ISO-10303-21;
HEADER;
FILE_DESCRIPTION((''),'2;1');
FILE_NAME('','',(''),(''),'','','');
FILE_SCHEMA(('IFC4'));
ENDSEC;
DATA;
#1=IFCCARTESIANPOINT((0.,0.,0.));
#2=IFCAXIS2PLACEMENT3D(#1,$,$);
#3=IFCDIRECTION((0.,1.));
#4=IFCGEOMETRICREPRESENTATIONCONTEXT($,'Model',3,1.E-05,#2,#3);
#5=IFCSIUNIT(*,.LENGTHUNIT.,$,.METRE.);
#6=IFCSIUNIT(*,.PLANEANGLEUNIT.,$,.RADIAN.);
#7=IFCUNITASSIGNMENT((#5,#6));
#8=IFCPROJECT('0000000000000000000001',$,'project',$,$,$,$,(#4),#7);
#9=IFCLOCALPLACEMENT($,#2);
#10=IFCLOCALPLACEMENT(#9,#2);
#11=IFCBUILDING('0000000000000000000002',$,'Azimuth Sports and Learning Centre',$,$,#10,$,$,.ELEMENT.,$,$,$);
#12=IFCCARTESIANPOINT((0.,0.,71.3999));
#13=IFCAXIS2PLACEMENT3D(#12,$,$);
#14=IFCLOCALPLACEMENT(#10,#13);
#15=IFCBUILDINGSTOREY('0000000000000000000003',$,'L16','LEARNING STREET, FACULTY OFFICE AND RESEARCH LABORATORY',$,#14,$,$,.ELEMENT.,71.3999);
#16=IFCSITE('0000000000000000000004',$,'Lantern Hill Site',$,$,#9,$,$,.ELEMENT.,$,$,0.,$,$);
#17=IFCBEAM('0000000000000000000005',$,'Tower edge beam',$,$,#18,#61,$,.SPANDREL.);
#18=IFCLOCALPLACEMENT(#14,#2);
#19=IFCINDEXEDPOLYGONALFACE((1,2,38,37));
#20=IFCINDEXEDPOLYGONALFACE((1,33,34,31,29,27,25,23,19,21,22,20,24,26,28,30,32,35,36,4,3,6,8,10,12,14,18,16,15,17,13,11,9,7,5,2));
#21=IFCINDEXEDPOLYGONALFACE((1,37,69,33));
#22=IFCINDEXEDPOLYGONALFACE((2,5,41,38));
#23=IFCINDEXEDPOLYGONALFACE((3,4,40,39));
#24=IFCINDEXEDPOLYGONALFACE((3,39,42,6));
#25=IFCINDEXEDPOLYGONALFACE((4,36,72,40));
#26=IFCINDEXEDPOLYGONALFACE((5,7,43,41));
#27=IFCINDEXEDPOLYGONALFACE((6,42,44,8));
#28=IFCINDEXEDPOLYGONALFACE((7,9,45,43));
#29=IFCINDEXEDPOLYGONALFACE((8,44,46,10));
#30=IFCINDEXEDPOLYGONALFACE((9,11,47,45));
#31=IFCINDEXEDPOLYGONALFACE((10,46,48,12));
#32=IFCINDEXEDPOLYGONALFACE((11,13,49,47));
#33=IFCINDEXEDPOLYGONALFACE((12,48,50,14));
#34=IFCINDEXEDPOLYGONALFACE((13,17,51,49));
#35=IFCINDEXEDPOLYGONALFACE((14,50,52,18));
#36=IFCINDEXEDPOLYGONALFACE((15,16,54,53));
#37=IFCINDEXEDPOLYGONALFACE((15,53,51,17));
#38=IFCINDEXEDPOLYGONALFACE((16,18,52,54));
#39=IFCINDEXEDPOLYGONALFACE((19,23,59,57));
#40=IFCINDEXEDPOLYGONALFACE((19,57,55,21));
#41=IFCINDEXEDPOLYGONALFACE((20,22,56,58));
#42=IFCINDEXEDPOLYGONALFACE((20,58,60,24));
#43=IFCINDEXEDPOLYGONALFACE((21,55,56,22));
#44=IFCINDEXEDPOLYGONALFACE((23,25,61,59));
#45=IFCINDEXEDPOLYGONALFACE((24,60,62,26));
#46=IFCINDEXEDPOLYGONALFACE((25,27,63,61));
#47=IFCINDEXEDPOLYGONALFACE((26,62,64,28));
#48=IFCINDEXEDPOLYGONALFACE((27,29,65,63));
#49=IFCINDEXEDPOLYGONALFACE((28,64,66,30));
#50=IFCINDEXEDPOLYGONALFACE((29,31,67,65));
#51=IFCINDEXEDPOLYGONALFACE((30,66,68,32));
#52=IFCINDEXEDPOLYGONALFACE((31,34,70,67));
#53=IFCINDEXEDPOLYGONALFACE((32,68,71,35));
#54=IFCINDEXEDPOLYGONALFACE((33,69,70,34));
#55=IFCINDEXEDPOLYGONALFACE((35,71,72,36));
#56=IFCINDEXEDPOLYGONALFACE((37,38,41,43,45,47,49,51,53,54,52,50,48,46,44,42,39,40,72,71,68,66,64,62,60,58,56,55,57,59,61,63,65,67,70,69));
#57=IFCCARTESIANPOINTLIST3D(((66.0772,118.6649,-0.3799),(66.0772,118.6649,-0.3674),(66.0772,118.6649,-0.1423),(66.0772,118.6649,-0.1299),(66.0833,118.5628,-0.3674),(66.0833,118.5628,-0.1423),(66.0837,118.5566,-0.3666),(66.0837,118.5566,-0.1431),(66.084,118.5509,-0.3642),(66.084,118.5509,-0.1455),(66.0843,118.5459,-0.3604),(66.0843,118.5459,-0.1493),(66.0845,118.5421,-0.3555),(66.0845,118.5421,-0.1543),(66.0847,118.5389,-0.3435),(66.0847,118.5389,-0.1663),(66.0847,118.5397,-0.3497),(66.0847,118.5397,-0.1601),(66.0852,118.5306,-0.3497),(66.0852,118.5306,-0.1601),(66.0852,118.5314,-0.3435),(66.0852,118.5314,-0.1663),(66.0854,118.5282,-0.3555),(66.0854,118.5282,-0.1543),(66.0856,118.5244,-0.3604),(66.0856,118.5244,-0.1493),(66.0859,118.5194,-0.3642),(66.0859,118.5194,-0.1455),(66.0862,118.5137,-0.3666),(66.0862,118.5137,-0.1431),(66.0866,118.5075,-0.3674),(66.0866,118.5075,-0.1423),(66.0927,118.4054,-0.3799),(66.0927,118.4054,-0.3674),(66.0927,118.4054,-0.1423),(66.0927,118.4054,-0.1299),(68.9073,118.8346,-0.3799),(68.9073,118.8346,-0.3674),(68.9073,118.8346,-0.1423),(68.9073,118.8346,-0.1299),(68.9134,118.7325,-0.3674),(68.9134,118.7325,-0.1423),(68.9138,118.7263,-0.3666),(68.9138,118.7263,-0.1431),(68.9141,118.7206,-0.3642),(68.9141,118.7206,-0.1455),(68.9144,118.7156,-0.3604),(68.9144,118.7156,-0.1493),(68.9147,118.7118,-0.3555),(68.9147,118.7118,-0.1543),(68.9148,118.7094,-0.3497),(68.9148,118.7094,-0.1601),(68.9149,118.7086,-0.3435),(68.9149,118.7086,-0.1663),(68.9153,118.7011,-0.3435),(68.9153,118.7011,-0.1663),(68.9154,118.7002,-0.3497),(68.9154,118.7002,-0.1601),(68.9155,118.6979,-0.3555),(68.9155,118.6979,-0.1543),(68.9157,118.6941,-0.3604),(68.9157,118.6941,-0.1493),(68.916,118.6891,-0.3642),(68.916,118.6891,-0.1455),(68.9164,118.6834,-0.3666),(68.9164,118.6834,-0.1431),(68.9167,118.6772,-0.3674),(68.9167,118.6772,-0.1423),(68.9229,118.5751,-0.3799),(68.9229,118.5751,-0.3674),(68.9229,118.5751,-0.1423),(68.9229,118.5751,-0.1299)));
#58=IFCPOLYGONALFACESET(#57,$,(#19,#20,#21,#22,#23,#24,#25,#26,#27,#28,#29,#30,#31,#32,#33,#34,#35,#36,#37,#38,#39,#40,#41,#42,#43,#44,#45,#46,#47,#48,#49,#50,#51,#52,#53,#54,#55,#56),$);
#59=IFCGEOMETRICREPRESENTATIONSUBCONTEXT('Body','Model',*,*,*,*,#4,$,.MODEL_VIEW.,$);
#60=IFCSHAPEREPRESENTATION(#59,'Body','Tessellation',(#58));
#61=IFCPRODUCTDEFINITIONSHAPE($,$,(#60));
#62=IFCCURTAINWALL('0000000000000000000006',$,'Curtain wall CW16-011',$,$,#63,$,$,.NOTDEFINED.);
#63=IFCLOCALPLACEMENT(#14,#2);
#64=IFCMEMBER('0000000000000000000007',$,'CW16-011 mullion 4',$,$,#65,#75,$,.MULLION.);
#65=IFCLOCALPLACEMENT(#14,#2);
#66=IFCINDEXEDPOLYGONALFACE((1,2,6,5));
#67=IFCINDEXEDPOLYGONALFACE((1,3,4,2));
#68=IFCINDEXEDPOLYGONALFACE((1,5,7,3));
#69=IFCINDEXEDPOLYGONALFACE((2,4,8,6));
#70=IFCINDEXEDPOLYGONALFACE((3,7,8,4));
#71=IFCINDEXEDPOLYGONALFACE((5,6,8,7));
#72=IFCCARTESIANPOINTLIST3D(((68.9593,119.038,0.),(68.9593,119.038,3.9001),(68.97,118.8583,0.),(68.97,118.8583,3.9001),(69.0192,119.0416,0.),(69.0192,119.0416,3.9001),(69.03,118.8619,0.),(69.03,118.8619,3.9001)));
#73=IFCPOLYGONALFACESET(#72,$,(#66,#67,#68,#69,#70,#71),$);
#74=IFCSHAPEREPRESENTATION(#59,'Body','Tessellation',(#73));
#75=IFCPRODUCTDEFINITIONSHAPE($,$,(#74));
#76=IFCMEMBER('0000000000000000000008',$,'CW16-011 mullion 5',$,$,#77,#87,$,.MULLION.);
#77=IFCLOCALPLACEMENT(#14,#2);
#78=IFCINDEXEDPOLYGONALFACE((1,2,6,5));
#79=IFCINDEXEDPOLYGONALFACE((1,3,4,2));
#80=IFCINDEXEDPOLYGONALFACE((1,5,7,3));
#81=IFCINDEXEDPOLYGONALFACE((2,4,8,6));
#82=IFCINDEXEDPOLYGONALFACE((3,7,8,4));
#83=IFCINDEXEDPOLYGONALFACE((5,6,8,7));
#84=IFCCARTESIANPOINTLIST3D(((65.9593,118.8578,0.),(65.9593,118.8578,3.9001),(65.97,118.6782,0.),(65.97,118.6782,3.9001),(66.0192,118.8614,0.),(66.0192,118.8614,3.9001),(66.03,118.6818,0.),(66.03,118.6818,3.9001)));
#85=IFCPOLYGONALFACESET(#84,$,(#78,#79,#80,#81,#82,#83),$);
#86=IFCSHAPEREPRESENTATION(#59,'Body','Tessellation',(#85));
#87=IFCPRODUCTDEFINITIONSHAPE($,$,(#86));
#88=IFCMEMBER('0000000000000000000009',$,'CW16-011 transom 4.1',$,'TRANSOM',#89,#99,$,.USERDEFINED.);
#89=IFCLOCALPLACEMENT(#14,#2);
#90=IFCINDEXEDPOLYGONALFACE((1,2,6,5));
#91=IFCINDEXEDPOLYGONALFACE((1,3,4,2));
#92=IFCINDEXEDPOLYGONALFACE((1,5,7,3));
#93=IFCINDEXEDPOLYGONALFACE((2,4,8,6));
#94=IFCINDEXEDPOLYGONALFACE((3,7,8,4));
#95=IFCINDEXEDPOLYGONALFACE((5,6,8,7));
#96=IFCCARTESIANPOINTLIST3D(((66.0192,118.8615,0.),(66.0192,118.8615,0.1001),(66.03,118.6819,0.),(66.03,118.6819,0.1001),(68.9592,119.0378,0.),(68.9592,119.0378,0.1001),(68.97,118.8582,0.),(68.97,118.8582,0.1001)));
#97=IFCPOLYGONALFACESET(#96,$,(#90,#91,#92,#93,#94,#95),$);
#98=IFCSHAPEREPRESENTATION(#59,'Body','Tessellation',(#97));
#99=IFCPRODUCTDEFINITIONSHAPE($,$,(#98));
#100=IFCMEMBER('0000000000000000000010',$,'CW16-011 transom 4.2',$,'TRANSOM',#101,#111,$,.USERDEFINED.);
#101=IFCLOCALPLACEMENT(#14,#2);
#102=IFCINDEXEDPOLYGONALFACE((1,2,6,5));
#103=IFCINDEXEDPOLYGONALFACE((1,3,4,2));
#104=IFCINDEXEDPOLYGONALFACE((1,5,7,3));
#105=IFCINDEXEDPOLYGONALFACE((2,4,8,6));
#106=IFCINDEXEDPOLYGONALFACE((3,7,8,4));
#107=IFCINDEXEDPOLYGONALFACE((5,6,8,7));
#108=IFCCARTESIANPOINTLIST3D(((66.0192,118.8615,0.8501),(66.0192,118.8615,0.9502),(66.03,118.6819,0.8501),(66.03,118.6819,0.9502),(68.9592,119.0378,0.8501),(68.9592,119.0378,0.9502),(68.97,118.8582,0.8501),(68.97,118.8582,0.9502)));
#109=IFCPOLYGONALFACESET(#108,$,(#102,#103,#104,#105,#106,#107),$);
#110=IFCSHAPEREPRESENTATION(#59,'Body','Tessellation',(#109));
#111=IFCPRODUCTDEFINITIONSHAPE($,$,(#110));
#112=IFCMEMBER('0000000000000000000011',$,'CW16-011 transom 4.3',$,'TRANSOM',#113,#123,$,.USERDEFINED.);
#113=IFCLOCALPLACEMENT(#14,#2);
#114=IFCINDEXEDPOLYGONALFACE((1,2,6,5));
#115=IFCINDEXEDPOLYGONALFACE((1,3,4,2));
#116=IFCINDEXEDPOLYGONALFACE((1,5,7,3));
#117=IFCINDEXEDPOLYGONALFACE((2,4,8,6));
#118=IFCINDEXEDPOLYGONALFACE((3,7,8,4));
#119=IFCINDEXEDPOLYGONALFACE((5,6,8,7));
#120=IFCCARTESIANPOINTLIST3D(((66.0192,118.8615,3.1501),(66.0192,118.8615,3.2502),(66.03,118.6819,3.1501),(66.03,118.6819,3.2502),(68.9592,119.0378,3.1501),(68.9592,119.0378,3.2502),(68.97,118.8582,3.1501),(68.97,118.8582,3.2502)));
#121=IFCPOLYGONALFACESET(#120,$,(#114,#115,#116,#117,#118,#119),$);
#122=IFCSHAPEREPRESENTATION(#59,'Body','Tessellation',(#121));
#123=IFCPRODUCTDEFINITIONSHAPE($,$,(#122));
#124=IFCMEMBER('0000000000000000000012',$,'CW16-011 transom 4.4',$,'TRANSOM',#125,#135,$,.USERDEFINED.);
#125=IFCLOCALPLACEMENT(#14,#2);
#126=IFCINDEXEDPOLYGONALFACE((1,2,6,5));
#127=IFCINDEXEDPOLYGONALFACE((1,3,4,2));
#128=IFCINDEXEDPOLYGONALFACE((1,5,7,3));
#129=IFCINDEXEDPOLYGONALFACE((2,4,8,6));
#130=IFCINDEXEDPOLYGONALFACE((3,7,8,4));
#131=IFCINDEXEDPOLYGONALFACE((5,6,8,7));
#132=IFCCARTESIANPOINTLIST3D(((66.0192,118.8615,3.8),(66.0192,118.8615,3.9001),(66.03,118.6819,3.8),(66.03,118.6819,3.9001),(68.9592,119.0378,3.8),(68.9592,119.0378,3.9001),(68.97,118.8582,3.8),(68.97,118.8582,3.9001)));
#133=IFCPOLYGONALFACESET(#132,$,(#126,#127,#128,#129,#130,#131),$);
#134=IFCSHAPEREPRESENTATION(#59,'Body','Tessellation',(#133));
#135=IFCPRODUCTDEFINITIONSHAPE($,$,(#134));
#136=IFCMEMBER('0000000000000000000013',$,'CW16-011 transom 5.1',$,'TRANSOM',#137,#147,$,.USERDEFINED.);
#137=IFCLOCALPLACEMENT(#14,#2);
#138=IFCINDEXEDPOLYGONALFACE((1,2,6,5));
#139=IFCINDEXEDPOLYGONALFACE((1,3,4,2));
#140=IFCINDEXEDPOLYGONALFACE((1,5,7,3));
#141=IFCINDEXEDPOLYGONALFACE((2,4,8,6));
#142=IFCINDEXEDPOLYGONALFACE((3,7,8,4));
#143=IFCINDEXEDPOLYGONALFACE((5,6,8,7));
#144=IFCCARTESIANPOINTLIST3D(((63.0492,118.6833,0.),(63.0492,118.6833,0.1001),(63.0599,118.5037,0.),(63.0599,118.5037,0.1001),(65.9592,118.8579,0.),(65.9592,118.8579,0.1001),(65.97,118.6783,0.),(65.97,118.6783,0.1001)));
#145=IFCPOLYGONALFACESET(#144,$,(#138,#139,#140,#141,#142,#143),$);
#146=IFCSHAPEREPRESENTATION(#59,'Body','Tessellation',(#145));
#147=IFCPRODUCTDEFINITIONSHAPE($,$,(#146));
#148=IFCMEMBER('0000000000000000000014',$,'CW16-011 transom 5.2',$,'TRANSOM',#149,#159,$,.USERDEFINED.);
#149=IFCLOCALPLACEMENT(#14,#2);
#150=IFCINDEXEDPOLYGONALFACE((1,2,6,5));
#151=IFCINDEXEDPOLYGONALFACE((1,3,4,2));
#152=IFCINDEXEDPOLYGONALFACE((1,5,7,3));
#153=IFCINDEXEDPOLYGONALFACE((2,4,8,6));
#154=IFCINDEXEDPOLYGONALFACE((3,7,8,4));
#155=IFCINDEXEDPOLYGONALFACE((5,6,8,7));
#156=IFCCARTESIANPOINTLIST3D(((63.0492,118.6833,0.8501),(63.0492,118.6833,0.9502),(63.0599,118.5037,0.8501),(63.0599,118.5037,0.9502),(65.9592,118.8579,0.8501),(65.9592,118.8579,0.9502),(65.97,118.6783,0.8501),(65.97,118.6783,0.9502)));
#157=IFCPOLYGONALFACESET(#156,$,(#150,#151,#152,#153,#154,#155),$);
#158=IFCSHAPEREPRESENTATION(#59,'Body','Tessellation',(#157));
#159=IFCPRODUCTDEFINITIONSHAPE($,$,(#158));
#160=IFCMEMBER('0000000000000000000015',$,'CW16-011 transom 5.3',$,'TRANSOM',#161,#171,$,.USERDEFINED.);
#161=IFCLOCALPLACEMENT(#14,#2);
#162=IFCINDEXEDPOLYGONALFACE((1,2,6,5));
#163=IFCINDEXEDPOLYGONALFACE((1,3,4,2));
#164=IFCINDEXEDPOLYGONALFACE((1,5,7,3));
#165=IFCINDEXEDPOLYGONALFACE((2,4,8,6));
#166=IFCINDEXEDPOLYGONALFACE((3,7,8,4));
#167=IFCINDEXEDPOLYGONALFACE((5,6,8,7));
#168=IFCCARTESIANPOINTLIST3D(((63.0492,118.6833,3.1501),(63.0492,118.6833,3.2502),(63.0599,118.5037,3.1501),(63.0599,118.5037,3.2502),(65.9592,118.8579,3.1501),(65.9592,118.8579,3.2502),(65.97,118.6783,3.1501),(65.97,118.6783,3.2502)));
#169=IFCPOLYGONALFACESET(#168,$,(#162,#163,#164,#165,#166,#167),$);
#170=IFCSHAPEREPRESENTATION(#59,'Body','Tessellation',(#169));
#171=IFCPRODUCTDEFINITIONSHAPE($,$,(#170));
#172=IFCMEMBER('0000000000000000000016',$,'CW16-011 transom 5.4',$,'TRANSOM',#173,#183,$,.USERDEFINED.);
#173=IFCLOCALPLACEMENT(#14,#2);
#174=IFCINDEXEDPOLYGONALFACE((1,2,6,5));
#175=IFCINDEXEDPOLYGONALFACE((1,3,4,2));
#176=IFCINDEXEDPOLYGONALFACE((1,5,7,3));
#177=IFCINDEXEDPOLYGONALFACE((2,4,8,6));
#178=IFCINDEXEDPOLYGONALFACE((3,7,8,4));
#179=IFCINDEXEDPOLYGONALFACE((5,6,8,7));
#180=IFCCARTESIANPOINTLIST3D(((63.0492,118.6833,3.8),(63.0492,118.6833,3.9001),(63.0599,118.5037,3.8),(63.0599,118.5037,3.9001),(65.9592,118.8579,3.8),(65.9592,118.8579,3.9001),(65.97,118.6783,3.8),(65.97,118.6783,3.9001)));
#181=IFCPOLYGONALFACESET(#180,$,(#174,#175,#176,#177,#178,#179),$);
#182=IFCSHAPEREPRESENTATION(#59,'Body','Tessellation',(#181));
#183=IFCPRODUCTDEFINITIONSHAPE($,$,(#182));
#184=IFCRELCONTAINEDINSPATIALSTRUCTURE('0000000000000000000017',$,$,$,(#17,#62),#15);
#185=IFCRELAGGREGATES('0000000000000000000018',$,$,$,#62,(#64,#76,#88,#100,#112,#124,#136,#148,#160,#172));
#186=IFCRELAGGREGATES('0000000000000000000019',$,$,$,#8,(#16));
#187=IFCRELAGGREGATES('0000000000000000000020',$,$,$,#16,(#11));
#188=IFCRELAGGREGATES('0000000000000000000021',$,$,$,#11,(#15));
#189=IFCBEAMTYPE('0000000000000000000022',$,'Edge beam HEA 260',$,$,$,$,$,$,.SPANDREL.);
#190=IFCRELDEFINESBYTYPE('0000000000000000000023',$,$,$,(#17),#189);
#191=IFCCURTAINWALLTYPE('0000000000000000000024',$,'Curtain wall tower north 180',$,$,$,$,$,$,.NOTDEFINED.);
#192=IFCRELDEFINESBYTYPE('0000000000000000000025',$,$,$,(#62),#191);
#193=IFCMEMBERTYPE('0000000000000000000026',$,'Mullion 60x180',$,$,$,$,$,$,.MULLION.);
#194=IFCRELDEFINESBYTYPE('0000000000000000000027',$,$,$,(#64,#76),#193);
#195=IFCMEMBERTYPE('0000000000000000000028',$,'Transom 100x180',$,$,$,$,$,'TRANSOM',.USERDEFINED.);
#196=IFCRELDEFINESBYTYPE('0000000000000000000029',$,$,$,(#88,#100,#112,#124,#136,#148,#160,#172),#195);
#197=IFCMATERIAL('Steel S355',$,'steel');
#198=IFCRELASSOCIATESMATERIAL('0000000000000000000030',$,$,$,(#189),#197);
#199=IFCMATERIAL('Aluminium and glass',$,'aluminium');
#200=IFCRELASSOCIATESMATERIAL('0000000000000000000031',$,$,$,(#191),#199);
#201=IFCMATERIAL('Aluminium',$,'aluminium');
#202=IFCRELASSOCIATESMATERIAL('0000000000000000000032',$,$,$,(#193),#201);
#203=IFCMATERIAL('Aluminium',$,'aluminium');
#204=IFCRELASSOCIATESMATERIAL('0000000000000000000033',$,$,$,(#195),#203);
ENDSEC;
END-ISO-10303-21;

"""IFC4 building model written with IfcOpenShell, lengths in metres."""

from ifc_helpers import new_model, si_unit, direction, frame, origin, origin_2d, place, context, subcontext, project, spatial, rectangle, i_section, extrude, material, material_profile, profile_set, type_object, element, aggregate, save


model = new_model("IFC4")

# Units and contexts
model_context = context("Model", 3, precision=1e-05, world=origin(), true_north=direction((0.0, 1.0)))
body_context = subcontext(model_context, "Body", "Model", "MODEL_VIEW")
ifc_project = project(units=[si_unit("LENGTHUNIT", "METRE"), si_unit("PLANEANGLEUNIT", "RADIAN")], contexts=[model_context])

# Site, building, storey
site_placement = place(None, origin())
site = spatial("IfcSite", under=ifc_project, at=site_placement, Name="Lantern Hill Site", CompositionType="ELEMENT", RefElevation=0.0)
building_placement = place(site_placement, origin())
building = spatial("IfcBuilding", under=site, at=building_placement, Name="Azimuth Sports and Learning Centre", CompositionType="ELEMENT")
storey_placement = place(building_placement, frame((0.0, 0.0, 71.3999)))
storey = spatial("IfcBuildingStorey", under=building, at=storey_placement, Name="L16", Description="LEARNING STREET, FACULTY OFFICE AND RESEARCH LABORATORY", CompositionType="ELEMENT", Elevation=71.3999)

# Beam
ifc_material_1 = material(Name="Steel S355", Category="steel")
ifc_material_profile_1 = material_profile(ifc_material_1, i_section(OverallWidth=0.26, OverallDepth=0.25, WebThickness=0.0076, FlangeThickness=0.0125, FilletRadius=0.0239, at=origin_2d()), Name="HEA 260")
ifc_profile_set_1 = profile_set([ifc_material_profile_1], Name="Steel S355")
beam_type_1 = type_object("IfcBeamType", Name="Edge beam HEA 260", PredefinedType="SPANDREL", material=ifc_profile_set_1)
beam_1_placement = place(storey_placement, frame((66.085, 118.5352, -0.2549), z_axis=(0.998208, 0.059848, 0.0), x_axis=(-0.059848, 0.998208, 0.0)))
element("IfcBeam", 1, at=beam_1_placement, inside=storey, type_object=beam_type_1, Name="Tower edge beam", PredefinedType="SPANDREL", context=body_context, shape_type="SweptSolid", body=[
    extrude(i_section(OverallWidth=0.26, OverallDepth=0.25, WebThickness=0.0076, FlangeThickness=0.0125, FilletRadius=0.0239, at=origin_2d()), origin(), (0.0, 0.0, 1.0), 2.8352),
])

# Curtain wall, members
ifc_material_2 = material(Name="Aluminium and glass", Category="aluminium")
curtain_wall_type = type_object("IfcCurtainWallType", Name="Curtain wall tower north 180", PredefinedType="NOTDEFINED", material=ifc_material_2)
curtain_wall_placement = place(storey_placement, origin())
curtain_wall = element("IfcCurtainWall", 2, at=curtain_wall_placement, inside=storey, type_object=curtain_wall_type, Name="Curtain wall CW16-011", PredefinedType="NOTDEFINED")
ifc_material_3 = material(Name="Aluminium", Category="aluminium")
ifc_material_profile_2 = material_profile(ifc_material_3, rectangle(XDim=0.1799, YDim=0.0601, at=origin_2d()), Name="Mullion 60x180")
ifc_profile_set_2 = profile_set([ifc_material_profile_2], Name="Aluminium")
member_type_1 = type_object("IfcMemberType", Name="Mullion 60x180", PredefinedType="MULLION", material=ifc_profile_set_2)
member_1_placement = place(storey_placement, frame((68.9946, 118.95, 0.0), z_axis=(0.0, 0.0, 1.0), x_axis=(0.059892, -0.998205, 0.0)))
member_1 = element("IfcMember", 3, at=member_1_placement, type_object=member_type_1, Name="CW16-011 mullion 4", PredefinedType="MULLION", context=body_context, shape_type="SweptSolid", body=[
    extrude(rectangle(XDim=0.1799, YDim=0.0601, at=origin_2d()), origin(), (0.0, 0.0, 1.0), 3.9001),
])
member_2_placement = place(storey_placement, frame((65.9946, 118.7698, 0.0), z_axis=(0.0, 0.0, 1.0), x_axis=(0.059892, -0.998205, 0.0)))
member_2 = element("IfcMember", 4, at=member_2_placement, type_object=member_type_1, Name="CW16-011 mullion 5", PredefinedType="MULLION", context=body_context, shape_type="SweptSolid", body=[
    extrude(rectangle(XDim=0.1799, YDim=0.0601, at=origin_2d()), origin(), (0.0, 0.0, 1.0), 3.9001),
])
ifc_material_4 = material(Name="Aluminium", Category="aluminium")
ifc_material_profile_3 = material_profile(ifc_material_4, rectangle(XDim=0.1799, YDim=0.1001, at=origin_2d()), Name="Transom 100x180")
ifc_profile_set_3 = profile_set([ifc_material_profile_3], Name="Aluminium")
member_type_2 = type_object("IfcMemberType", Name="Transom 100x180", ElementType="TRANSOM", PredefinedType="USERDEFINED", material=ifc_profile_set_3)
member_3_placement = place(storey_placement, frame((68.9646, 118.948, 0.05), z_axis=(-0.998207, -0.059849, 0.0), x_axis=(0.059849, -0.998207, 0.0)))
member_3 = element("IfcMember", 5, at=member_3_placement, type_object=member_type_2, Name="CW16-011 transom 4.1", ObjectType="TRANSOM", PredefinedType="USERDEFINED", context=body_context, shape_type="SweptSolid", body=[
    extrude(rectangle(XDim=0.1799, YDim=0.1001, at=origin_2d()), origin(), (0.0, 0.0, 1.0), 2.9453),
])
member_4_placement = place(storey_placement, frame((68.9646, 118.948, 0.9001), z_axis=(-0.998207, -0.059849, 0.0), x_axis=(0.059849, -0.998207, 0.0)))
member_4 = element("IfcMember", 6, at=member_4_placement, type_object=member_type_2, Name="CW16-011 transom 4.2", ObjectType="TRANSOM", PredefinedType="USERDEFINED", context=body_context, shape_type="SweptSolid", body=[
    extrude(rectangle(XDim=0.1799, YDim=0.1001, at=origin_2d()), origin(), (0.0, 0.0, 1.0), 2.9453),
])
member_5_placement = place(storey_placement, frame((68.9646, 118.948, 3.2002), z_axis=(-0.998207, -0.059849, 0.0), x_axis=(0.059849, -0.998207, 0.0)))
member_5 = element("IfcMember", 7, at=member_5_placement, type_object=member_type_2, Name="CW16-011 transom 4.3", ObjectType="TRANSOM", PredefinedType="USERDEFINED", context=body_context, shape_type="SweptSolid", body=[
    extrude(rectangle(XDim=0.1799, YDim=0.1001, at=origin_2d()), origin(), (0.0, 0.0, 1.0), 2.9453),
])
member_6_placement = place(storey_placement, frame((68.9646, 118.948, 3.8501), z_axis=(-0.998207, -0.059849, 0.0), x_axis=(0.059849, -0.998207, 0.0)))
member_6 = element("IfcMember", 8, at=member_6_placement, type_object=member_type_2, Name="CW16-011 transom 4.4", ObjectType="TRANSOM", PredefinedType="USERDEFINED", context=body_context, shape_type="SweptSolid", body=[
    extrude(rectangle(XDim=0.1799, YDim=0.1001, at=origin_2d()), origin(), (0.0, 0.0, 1.0), 2.9453),
])
member_7_placement = place(storey_placement, frame((65.9646, 118.7681, 0.05), z_axis=(-0.998206, -0.059876, 0.0), x_axis=(0.059876, -0.998206, 0.0)))
member_7 = element("IfcMember", 9, at=member_7_placement, type_object=member_type_2, Name="CW16-011 transom 5.1", ObjectType="TRANSOM", PredefinedType="USERDEFINED", context=body_context, shape_type="SweptSolid", body=[
    extrude(rectangle(XDim=0.1799, YDim=0.1001, at=origin_2d()), origin(), (0.0, 0.0, 1.0), 2.9153),
])
member_8_placement = place(storey_placement, frame((65.9646, 118.7681, 0.9001), z_axis=(-0.998206, -0.059876, 0.0), x_axis=(0.059876, -0.998206, 0.0)))
member_8 = element("IfcMember", 10, at=member_8_placement, type_object=member_type_2, Name="CW16-011 transom 5.2", ObjectType="TRANSOM", PredefinedType="USERDEFINED", context=body_context, shape_type="SweptSolid", body=[
    extrude(rectangle(XDim=0.1799, YDim=0.1001, at=origin_2d()), origin(), (0.0, 0.0, 1.0), 2.9153),
])
member_9_placement = place(storey_placement, frame((65.9646, 118.7681, 3.2002), z_axis=(-0.998206, -0.059876, 0.0), x_axis=(0.059876, -0.998206, 0.0)))
member_9 = element("IfcMember", 11, at=member_9_placement, type_object=member_type_2, Name="CW16-011 transom 5.3", ObjectType="TRANSOM", PredefinedType="USERDEFINED", context=body_context, shape_type="SweptSolid", body=[
    extrude(rectangle(XDim=0.1799, YDim=0.1001, at=origin_2d()), origin(), (0.0, 0.0, 1.0), 2.9153),
])
member_10_placement = place(storey_placement, frame((65.9646, 118.7681, 3.8501), z_axis=(-0.998206, -0.059876, 0.0), x_axis=(0.059876, -0.998206, 0.0)))
member_10 = element("IfcMember", 12, at=member_10_placement, type_object=member_type_2, Name="CW16-011 transom 5.4", ObjectType="TRANSOM", PredefinedType="USERDEFINED", context=body_context, shape_type="SweptSolid", body=[
    extrude(rectangle(XDim=0.1799, YDim=0.1001, at=origin_2d()), origin(), (0.0, 0.0, 1.0), 2.9153),
])
aggregate(curtain_wall, [member_1, member_2, member_3, member_4, member_5, member_6, member_7, member_8, member_9, member_10])

save(model, "model.ifc")
